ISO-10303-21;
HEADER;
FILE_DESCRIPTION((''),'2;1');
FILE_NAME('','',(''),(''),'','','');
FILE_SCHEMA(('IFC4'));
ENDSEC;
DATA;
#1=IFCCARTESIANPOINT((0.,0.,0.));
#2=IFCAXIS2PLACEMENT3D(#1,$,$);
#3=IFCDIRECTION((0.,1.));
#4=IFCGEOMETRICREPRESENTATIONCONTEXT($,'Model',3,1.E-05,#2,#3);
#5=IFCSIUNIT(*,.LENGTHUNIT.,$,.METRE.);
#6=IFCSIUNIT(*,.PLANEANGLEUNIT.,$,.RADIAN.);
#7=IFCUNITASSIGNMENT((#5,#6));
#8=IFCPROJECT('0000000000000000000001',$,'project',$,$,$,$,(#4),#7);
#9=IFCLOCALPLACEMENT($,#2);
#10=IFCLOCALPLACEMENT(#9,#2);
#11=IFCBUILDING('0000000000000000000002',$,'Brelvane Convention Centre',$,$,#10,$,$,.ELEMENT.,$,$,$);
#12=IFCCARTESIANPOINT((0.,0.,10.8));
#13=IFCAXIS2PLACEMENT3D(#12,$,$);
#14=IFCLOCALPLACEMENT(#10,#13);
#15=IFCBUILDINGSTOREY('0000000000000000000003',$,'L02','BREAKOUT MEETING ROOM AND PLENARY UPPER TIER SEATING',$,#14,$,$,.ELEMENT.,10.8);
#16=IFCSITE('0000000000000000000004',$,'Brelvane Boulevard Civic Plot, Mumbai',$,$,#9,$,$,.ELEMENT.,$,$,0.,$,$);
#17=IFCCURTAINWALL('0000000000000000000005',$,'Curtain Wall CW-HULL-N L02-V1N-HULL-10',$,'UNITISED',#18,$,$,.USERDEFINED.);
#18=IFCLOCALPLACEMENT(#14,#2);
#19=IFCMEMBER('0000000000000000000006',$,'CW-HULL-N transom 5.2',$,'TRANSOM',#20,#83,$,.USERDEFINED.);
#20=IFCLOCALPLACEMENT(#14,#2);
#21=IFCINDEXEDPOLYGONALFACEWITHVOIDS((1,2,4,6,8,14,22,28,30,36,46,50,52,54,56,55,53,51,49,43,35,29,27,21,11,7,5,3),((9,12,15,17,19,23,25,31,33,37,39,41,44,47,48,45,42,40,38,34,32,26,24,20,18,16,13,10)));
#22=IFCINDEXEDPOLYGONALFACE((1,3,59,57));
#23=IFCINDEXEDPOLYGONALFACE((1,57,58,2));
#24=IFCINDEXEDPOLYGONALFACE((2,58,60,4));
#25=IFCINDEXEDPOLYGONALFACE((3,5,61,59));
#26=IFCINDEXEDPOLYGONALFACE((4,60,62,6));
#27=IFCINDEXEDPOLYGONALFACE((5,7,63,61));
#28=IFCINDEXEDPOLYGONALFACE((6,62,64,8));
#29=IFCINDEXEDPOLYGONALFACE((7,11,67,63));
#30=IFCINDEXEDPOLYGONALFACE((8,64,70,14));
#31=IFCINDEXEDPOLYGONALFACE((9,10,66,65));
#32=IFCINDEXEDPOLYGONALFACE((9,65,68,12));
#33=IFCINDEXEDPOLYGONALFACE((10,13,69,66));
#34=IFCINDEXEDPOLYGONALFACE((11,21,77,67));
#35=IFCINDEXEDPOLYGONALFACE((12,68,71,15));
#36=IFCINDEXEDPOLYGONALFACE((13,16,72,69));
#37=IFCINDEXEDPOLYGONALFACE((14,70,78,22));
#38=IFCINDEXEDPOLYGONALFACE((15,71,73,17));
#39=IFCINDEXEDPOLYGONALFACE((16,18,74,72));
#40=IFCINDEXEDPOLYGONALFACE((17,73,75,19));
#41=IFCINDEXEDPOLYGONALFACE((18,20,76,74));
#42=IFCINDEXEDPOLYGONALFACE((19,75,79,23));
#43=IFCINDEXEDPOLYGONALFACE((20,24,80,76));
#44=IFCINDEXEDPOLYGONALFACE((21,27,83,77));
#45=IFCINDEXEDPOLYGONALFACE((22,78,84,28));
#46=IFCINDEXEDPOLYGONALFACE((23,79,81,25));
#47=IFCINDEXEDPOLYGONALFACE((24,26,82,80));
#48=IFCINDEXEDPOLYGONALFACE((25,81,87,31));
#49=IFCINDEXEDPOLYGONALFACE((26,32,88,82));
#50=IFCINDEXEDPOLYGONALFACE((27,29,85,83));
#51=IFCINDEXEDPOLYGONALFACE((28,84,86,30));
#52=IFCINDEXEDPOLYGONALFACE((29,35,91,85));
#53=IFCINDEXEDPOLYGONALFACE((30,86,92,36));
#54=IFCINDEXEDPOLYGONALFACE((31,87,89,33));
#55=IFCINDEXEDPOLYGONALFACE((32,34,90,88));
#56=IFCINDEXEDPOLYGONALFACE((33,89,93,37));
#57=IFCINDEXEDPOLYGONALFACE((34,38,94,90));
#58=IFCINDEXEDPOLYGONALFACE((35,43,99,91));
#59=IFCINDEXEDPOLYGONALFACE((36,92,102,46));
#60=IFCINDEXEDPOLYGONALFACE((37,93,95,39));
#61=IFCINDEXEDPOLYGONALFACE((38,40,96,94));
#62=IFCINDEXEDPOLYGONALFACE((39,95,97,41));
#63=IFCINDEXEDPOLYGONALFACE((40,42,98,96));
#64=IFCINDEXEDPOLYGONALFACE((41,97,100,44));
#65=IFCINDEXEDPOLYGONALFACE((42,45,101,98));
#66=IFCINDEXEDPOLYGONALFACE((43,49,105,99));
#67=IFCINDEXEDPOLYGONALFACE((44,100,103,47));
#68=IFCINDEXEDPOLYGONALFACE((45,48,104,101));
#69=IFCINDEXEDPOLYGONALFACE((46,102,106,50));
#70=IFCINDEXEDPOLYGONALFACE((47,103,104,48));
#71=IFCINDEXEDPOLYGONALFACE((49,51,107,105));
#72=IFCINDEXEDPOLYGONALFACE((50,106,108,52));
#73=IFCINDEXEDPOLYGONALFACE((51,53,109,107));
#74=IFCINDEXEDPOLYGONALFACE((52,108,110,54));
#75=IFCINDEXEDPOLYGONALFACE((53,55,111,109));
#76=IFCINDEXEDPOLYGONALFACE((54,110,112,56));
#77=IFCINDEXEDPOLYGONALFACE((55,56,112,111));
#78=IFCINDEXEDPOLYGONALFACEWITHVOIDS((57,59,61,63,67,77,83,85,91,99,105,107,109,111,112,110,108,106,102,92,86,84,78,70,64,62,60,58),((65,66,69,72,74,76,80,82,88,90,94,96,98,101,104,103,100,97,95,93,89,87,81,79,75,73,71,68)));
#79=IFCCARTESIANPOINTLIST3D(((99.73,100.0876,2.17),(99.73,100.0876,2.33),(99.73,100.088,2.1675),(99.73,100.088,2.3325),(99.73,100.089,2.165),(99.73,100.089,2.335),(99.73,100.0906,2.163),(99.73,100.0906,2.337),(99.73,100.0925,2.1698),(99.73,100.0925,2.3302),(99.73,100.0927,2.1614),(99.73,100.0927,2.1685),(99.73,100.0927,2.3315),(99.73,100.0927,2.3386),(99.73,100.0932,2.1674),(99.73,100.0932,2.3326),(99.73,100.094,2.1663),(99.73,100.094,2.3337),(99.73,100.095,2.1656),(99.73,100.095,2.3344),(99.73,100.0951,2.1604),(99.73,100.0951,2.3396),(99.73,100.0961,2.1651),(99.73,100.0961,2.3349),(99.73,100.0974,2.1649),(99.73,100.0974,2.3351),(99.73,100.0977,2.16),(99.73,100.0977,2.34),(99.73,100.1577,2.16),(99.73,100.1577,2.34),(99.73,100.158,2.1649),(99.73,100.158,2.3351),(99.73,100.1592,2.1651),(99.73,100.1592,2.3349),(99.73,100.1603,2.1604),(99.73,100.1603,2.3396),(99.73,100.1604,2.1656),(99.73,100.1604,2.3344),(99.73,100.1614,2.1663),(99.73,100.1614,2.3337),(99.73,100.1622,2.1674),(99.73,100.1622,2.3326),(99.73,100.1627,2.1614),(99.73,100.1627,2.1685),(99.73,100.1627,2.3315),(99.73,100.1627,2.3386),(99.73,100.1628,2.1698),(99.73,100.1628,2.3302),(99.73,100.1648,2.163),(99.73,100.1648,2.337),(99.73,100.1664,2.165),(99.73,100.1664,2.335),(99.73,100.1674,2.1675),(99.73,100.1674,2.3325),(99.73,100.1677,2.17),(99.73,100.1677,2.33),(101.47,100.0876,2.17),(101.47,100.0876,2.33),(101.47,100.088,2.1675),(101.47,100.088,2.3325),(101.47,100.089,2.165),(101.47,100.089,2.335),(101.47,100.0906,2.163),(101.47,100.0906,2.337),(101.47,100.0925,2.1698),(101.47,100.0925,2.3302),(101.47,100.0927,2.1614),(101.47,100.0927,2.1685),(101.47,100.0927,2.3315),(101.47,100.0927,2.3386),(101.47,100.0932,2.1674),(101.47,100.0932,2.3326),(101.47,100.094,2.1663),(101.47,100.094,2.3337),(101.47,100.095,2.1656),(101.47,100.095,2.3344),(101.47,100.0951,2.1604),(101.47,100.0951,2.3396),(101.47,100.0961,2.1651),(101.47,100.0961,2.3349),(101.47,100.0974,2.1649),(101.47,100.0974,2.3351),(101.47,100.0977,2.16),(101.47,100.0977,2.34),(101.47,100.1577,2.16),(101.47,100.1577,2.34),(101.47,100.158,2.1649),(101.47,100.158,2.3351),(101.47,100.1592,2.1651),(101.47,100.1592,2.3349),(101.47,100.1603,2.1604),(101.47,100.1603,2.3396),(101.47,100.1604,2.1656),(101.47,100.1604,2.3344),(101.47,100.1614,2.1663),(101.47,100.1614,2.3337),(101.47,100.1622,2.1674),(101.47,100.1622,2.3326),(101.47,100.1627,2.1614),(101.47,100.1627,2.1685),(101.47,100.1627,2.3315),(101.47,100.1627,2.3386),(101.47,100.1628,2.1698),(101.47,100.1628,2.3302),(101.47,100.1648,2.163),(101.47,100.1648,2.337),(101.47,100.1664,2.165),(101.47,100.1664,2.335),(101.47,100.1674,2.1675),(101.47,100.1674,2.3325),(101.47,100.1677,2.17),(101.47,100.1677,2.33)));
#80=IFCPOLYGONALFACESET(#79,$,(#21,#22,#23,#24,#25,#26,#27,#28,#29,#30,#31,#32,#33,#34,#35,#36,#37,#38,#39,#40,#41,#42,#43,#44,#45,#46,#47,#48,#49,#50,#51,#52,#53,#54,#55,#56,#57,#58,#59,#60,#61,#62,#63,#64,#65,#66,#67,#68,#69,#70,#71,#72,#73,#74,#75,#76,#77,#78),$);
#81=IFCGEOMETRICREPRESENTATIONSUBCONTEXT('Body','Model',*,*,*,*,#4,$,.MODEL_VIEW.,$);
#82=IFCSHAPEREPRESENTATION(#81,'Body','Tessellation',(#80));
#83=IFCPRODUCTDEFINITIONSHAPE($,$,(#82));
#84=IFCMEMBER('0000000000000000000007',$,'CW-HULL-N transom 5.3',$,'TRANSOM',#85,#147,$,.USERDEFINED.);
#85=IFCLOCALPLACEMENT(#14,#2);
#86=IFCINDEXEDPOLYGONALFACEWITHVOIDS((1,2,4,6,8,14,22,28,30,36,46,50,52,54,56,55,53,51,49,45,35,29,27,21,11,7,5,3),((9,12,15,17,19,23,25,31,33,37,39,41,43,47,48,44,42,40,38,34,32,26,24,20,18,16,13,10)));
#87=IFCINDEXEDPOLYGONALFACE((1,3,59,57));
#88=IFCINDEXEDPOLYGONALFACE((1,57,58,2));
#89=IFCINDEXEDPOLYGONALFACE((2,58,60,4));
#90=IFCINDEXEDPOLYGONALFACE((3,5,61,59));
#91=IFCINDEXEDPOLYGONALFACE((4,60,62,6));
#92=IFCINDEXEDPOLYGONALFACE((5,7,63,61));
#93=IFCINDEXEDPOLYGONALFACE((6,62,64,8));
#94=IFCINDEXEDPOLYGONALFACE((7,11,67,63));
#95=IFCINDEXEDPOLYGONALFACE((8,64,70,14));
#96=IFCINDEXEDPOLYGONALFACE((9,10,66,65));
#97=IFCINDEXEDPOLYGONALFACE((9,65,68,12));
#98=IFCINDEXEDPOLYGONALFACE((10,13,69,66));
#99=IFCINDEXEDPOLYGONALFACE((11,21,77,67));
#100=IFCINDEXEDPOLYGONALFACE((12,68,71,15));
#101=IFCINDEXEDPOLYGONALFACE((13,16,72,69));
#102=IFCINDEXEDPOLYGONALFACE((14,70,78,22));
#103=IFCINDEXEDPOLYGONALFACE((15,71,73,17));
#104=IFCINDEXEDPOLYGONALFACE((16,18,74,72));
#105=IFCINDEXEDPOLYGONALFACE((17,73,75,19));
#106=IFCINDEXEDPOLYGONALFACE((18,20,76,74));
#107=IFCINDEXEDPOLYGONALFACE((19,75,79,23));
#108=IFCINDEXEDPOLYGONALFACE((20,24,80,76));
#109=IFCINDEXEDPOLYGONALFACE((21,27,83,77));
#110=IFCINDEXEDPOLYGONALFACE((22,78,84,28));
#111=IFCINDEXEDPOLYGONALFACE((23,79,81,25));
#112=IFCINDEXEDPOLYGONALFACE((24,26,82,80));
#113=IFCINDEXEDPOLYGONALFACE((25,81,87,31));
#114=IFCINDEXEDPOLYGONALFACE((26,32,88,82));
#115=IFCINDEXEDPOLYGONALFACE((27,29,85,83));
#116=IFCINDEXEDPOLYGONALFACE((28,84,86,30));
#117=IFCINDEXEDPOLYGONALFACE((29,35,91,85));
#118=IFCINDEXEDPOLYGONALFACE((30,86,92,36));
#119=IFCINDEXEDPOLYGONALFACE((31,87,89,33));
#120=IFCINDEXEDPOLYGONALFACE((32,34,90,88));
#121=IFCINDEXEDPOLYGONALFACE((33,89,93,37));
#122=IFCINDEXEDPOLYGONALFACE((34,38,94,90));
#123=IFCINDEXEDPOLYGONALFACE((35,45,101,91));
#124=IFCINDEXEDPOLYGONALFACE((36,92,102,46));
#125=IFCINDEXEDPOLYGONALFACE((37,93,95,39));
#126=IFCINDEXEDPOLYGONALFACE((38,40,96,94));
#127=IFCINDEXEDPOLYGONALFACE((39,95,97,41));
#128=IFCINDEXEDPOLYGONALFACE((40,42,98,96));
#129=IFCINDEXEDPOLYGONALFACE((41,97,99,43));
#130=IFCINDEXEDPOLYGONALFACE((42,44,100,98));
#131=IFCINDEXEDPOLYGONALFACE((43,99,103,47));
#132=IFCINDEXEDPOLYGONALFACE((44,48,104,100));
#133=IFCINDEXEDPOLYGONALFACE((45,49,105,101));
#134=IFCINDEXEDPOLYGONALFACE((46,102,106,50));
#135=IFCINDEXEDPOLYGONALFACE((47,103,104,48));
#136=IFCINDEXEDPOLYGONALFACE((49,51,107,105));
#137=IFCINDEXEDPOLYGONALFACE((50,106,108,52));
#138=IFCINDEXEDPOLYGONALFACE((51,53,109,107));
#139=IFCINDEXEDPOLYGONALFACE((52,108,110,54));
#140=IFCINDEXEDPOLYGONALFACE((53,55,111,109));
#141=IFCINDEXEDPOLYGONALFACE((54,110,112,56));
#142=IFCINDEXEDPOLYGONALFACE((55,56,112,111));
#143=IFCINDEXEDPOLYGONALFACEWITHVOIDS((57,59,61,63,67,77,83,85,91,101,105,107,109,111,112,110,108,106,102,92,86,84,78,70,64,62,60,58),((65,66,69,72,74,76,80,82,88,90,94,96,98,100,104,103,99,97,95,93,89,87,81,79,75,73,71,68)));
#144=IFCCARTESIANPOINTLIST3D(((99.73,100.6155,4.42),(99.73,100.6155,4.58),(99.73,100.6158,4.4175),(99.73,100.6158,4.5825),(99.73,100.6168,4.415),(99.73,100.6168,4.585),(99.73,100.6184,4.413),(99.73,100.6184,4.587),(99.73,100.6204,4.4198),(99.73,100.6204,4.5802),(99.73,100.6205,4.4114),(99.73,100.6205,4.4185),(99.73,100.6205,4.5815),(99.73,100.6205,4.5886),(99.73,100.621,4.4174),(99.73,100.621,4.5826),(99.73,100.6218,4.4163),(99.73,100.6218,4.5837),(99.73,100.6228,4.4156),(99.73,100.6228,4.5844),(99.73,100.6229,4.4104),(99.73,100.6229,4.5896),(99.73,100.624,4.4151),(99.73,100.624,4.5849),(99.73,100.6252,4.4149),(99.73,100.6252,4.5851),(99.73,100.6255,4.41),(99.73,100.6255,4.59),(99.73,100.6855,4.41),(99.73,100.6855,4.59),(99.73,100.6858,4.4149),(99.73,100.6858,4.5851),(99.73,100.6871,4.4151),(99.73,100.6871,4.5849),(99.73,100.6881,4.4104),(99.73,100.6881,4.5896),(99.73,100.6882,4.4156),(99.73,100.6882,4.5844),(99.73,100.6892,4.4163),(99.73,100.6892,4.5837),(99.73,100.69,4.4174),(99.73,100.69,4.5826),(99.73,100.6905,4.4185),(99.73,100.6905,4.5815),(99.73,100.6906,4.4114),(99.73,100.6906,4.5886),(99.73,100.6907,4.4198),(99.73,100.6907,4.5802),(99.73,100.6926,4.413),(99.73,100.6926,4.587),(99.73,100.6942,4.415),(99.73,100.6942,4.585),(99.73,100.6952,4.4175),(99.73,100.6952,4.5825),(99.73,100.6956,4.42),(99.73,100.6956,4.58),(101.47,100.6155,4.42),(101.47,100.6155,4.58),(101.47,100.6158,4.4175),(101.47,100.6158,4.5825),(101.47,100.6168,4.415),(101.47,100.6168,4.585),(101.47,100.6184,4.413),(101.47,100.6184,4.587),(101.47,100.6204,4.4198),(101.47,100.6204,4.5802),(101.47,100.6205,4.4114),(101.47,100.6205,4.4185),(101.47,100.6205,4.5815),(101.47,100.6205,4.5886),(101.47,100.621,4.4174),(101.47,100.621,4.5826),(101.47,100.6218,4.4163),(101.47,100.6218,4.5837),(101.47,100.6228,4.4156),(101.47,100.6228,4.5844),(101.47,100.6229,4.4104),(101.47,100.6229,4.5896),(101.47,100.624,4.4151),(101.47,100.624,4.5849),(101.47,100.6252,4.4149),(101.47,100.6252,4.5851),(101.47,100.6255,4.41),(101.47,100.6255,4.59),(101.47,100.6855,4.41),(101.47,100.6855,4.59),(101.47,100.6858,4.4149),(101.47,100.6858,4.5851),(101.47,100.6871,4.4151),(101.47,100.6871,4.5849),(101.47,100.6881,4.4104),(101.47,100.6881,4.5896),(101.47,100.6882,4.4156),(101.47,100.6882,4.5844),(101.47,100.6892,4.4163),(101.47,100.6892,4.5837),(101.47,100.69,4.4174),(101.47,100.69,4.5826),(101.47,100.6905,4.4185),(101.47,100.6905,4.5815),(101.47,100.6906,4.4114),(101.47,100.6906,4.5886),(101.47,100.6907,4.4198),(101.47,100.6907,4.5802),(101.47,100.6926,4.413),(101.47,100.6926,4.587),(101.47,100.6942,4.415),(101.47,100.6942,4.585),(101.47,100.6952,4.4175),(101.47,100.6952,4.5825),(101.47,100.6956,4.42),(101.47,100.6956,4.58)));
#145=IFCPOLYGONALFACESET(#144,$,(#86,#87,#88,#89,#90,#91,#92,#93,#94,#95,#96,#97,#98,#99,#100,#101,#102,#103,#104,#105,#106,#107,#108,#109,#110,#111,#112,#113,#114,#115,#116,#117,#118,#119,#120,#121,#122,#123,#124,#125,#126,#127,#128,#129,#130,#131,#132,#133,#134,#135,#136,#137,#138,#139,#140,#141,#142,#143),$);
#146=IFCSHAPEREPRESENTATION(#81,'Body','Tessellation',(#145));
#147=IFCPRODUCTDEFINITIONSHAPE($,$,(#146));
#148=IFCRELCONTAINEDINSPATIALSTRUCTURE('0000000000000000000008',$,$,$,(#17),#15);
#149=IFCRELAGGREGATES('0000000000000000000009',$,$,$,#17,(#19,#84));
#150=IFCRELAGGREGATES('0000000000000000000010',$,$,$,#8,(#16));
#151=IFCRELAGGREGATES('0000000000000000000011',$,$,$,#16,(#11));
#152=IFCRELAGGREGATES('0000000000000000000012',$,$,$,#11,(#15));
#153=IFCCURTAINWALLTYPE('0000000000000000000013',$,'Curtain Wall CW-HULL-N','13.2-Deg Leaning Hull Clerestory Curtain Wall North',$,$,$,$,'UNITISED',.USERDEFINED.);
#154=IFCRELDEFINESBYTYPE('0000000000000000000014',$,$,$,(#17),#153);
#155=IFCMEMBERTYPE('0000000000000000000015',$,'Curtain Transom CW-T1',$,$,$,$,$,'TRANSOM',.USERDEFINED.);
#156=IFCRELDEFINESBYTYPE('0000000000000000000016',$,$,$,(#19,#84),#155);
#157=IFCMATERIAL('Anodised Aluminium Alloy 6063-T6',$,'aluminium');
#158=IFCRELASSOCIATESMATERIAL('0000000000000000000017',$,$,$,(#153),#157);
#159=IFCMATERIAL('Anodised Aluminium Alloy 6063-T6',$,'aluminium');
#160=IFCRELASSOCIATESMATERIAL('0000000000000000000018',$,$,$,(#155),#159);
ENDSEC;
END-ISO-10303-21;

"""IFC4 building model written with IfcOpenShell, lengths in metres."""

from ifc_helpers import new_model, si_unit, direction, frame, origin, origin_2d, place, context, subcontext, project, spatial, hollow_rectangle, extrude, material, material_profile, profile_set, type_object, element, aggregate, save


model = new_model("IFC4")

# Units and contexts
model_context = context("Model", 3, precision=1e-05, world=origin(), true_north=direction((0.0, 1.0)))
body_context = subcontext(model_context, "Body", "Model", "MODEL_VIEW")
ifc_project = project(units=[si_unit("LENGTHUNIT", "METRE"), si_unit("PLANEANGLEUNIT", "RADIAN")], contexts=[model_context])

# Site, building, storey
site_placement = place(None, origin())
site = spatial("IfcSite", under=ifc_project, at=site_placement, Name="Brelvane Boulevard Civic Plot, Mumbai", CompositionType="ELEMENT", RefElevation=0.0)
building_placement = place(site_placement, origin())
building = spatial("IfcBuilding", under=site, at=building_placement, Name="Brelvane Convention Centre", CompositionType="ELEMENT")
storey_placement = place(building_placement, frame((0.0, 0.0, 10.8)))
storey = spatial("IfcBuildingStorey", under=building, at=storey_placement, Name="L02", Description="BREAKOUT MEETING ROOM AND PLENARY UPPER TIER SEATING", CompositionType="ELEMENT", Elevation=10.8)

# Curtain wall
ifc_material_1 = material(Name="Anodised Aluminium Alloy 6063-T6", Category="aluminium")
curtain_wall_type = type_object("IfcCurtainWallType", Name="Curtain Wall CW-HULL-N", Description="13.2-Deg Leaning Hull Clerestory Curtain Wall North", ElementType="UNITISED", PredefinedType="USERDEFINED", material=ifc_material_1)
curtain_wall_1_placement = place(storey_placement, origin())
curtain_wall_1 = element("IfcCurtainWall", 1, at=curtain_wall_1_placement, inside=storey, type_object=curtain_wall_type, Name="Curtain Wall CW-HULL-N L02-V1N-HULL-10", ObjectType="UNITISED", PredefinedType="USERDEFINED")

# Members
ifc_material_2 = material(Name="Anodised Aluminium Alloy 6063-T6", Category="aluminium")
ifc_material_profile_1 = material_profile(ifc_material_2, hollow_rectangle(XDim=0.0801, YDim=0.1799, WallThickness=0.0049, InnerFilletRadius=0.0049, OuterFilletRadius=0.01, at=origin_2d()), Name="ALU-T 180x80x5.0")
ifc_profile_set_1 = profile_set([ifc_material_profile_1], Name="Anodised Aluminium Alloy 6063-T6")
member_type_1 = type_object("IfcMemberType", Name="Curtain Transom CW-T1", ElementType="TRANSOM", PredefinedType="USERDEFINED", material=ifc_profile_set_1)
member_1_placement = place(storey_placement, frame((99.73, 100.1277, 2.25), z_axis=(1.0, 0.0, 0.0), x_axis=(0.0, 1.0, 0.0)))
member_1 = element("IfcMember", 2, at=member_1_placement, type_object=member_type_1, Name="CW-HULL-N transom 5.2", ObjectType="TRANSOM", PredefinedType="USERDEFINED", context=body_context, shape_type="SweptSolid", body=[
    extrude(hollow_rectangle(XDim=0.0801, YDim=0.1799, WallThickness=0.0049, InnerFilletRadius=0.0049, OuterFilletRadius=0.01, at=origin_2d()), origin(), (0.0, 0.0, 1.0), 1.74),
])
member_2_placement = place(storey_placement, frame((99.73, 100.6555, 4.5), z_axis=(1.0, 0.0, 0.0), x_axis=(0.0, 1.0, 0.0)))
member_2 = element("IfcMember", 3, at=member_2_placement, type_object=member_type_1, Name="CW-HULL-N transom 5.3", ObjectType="TRANSOM", PredefinedType="USERDEFINED", context=body_context, shape_type="SweptSolid", body=[
    extrude(hollow_rectangle(XDim=0.0801, YDim=0.1799, WallThickness=0.0049, InnerFilletRadius=0.0049, OuterFilletRadius=0.01, at=origin_2d()), origin(), (0.0, 0.0, 1.0), 1.74),
])

aggregate(curtain_wall_1, [member_1, member_2])

save(model, "model.ifc")
